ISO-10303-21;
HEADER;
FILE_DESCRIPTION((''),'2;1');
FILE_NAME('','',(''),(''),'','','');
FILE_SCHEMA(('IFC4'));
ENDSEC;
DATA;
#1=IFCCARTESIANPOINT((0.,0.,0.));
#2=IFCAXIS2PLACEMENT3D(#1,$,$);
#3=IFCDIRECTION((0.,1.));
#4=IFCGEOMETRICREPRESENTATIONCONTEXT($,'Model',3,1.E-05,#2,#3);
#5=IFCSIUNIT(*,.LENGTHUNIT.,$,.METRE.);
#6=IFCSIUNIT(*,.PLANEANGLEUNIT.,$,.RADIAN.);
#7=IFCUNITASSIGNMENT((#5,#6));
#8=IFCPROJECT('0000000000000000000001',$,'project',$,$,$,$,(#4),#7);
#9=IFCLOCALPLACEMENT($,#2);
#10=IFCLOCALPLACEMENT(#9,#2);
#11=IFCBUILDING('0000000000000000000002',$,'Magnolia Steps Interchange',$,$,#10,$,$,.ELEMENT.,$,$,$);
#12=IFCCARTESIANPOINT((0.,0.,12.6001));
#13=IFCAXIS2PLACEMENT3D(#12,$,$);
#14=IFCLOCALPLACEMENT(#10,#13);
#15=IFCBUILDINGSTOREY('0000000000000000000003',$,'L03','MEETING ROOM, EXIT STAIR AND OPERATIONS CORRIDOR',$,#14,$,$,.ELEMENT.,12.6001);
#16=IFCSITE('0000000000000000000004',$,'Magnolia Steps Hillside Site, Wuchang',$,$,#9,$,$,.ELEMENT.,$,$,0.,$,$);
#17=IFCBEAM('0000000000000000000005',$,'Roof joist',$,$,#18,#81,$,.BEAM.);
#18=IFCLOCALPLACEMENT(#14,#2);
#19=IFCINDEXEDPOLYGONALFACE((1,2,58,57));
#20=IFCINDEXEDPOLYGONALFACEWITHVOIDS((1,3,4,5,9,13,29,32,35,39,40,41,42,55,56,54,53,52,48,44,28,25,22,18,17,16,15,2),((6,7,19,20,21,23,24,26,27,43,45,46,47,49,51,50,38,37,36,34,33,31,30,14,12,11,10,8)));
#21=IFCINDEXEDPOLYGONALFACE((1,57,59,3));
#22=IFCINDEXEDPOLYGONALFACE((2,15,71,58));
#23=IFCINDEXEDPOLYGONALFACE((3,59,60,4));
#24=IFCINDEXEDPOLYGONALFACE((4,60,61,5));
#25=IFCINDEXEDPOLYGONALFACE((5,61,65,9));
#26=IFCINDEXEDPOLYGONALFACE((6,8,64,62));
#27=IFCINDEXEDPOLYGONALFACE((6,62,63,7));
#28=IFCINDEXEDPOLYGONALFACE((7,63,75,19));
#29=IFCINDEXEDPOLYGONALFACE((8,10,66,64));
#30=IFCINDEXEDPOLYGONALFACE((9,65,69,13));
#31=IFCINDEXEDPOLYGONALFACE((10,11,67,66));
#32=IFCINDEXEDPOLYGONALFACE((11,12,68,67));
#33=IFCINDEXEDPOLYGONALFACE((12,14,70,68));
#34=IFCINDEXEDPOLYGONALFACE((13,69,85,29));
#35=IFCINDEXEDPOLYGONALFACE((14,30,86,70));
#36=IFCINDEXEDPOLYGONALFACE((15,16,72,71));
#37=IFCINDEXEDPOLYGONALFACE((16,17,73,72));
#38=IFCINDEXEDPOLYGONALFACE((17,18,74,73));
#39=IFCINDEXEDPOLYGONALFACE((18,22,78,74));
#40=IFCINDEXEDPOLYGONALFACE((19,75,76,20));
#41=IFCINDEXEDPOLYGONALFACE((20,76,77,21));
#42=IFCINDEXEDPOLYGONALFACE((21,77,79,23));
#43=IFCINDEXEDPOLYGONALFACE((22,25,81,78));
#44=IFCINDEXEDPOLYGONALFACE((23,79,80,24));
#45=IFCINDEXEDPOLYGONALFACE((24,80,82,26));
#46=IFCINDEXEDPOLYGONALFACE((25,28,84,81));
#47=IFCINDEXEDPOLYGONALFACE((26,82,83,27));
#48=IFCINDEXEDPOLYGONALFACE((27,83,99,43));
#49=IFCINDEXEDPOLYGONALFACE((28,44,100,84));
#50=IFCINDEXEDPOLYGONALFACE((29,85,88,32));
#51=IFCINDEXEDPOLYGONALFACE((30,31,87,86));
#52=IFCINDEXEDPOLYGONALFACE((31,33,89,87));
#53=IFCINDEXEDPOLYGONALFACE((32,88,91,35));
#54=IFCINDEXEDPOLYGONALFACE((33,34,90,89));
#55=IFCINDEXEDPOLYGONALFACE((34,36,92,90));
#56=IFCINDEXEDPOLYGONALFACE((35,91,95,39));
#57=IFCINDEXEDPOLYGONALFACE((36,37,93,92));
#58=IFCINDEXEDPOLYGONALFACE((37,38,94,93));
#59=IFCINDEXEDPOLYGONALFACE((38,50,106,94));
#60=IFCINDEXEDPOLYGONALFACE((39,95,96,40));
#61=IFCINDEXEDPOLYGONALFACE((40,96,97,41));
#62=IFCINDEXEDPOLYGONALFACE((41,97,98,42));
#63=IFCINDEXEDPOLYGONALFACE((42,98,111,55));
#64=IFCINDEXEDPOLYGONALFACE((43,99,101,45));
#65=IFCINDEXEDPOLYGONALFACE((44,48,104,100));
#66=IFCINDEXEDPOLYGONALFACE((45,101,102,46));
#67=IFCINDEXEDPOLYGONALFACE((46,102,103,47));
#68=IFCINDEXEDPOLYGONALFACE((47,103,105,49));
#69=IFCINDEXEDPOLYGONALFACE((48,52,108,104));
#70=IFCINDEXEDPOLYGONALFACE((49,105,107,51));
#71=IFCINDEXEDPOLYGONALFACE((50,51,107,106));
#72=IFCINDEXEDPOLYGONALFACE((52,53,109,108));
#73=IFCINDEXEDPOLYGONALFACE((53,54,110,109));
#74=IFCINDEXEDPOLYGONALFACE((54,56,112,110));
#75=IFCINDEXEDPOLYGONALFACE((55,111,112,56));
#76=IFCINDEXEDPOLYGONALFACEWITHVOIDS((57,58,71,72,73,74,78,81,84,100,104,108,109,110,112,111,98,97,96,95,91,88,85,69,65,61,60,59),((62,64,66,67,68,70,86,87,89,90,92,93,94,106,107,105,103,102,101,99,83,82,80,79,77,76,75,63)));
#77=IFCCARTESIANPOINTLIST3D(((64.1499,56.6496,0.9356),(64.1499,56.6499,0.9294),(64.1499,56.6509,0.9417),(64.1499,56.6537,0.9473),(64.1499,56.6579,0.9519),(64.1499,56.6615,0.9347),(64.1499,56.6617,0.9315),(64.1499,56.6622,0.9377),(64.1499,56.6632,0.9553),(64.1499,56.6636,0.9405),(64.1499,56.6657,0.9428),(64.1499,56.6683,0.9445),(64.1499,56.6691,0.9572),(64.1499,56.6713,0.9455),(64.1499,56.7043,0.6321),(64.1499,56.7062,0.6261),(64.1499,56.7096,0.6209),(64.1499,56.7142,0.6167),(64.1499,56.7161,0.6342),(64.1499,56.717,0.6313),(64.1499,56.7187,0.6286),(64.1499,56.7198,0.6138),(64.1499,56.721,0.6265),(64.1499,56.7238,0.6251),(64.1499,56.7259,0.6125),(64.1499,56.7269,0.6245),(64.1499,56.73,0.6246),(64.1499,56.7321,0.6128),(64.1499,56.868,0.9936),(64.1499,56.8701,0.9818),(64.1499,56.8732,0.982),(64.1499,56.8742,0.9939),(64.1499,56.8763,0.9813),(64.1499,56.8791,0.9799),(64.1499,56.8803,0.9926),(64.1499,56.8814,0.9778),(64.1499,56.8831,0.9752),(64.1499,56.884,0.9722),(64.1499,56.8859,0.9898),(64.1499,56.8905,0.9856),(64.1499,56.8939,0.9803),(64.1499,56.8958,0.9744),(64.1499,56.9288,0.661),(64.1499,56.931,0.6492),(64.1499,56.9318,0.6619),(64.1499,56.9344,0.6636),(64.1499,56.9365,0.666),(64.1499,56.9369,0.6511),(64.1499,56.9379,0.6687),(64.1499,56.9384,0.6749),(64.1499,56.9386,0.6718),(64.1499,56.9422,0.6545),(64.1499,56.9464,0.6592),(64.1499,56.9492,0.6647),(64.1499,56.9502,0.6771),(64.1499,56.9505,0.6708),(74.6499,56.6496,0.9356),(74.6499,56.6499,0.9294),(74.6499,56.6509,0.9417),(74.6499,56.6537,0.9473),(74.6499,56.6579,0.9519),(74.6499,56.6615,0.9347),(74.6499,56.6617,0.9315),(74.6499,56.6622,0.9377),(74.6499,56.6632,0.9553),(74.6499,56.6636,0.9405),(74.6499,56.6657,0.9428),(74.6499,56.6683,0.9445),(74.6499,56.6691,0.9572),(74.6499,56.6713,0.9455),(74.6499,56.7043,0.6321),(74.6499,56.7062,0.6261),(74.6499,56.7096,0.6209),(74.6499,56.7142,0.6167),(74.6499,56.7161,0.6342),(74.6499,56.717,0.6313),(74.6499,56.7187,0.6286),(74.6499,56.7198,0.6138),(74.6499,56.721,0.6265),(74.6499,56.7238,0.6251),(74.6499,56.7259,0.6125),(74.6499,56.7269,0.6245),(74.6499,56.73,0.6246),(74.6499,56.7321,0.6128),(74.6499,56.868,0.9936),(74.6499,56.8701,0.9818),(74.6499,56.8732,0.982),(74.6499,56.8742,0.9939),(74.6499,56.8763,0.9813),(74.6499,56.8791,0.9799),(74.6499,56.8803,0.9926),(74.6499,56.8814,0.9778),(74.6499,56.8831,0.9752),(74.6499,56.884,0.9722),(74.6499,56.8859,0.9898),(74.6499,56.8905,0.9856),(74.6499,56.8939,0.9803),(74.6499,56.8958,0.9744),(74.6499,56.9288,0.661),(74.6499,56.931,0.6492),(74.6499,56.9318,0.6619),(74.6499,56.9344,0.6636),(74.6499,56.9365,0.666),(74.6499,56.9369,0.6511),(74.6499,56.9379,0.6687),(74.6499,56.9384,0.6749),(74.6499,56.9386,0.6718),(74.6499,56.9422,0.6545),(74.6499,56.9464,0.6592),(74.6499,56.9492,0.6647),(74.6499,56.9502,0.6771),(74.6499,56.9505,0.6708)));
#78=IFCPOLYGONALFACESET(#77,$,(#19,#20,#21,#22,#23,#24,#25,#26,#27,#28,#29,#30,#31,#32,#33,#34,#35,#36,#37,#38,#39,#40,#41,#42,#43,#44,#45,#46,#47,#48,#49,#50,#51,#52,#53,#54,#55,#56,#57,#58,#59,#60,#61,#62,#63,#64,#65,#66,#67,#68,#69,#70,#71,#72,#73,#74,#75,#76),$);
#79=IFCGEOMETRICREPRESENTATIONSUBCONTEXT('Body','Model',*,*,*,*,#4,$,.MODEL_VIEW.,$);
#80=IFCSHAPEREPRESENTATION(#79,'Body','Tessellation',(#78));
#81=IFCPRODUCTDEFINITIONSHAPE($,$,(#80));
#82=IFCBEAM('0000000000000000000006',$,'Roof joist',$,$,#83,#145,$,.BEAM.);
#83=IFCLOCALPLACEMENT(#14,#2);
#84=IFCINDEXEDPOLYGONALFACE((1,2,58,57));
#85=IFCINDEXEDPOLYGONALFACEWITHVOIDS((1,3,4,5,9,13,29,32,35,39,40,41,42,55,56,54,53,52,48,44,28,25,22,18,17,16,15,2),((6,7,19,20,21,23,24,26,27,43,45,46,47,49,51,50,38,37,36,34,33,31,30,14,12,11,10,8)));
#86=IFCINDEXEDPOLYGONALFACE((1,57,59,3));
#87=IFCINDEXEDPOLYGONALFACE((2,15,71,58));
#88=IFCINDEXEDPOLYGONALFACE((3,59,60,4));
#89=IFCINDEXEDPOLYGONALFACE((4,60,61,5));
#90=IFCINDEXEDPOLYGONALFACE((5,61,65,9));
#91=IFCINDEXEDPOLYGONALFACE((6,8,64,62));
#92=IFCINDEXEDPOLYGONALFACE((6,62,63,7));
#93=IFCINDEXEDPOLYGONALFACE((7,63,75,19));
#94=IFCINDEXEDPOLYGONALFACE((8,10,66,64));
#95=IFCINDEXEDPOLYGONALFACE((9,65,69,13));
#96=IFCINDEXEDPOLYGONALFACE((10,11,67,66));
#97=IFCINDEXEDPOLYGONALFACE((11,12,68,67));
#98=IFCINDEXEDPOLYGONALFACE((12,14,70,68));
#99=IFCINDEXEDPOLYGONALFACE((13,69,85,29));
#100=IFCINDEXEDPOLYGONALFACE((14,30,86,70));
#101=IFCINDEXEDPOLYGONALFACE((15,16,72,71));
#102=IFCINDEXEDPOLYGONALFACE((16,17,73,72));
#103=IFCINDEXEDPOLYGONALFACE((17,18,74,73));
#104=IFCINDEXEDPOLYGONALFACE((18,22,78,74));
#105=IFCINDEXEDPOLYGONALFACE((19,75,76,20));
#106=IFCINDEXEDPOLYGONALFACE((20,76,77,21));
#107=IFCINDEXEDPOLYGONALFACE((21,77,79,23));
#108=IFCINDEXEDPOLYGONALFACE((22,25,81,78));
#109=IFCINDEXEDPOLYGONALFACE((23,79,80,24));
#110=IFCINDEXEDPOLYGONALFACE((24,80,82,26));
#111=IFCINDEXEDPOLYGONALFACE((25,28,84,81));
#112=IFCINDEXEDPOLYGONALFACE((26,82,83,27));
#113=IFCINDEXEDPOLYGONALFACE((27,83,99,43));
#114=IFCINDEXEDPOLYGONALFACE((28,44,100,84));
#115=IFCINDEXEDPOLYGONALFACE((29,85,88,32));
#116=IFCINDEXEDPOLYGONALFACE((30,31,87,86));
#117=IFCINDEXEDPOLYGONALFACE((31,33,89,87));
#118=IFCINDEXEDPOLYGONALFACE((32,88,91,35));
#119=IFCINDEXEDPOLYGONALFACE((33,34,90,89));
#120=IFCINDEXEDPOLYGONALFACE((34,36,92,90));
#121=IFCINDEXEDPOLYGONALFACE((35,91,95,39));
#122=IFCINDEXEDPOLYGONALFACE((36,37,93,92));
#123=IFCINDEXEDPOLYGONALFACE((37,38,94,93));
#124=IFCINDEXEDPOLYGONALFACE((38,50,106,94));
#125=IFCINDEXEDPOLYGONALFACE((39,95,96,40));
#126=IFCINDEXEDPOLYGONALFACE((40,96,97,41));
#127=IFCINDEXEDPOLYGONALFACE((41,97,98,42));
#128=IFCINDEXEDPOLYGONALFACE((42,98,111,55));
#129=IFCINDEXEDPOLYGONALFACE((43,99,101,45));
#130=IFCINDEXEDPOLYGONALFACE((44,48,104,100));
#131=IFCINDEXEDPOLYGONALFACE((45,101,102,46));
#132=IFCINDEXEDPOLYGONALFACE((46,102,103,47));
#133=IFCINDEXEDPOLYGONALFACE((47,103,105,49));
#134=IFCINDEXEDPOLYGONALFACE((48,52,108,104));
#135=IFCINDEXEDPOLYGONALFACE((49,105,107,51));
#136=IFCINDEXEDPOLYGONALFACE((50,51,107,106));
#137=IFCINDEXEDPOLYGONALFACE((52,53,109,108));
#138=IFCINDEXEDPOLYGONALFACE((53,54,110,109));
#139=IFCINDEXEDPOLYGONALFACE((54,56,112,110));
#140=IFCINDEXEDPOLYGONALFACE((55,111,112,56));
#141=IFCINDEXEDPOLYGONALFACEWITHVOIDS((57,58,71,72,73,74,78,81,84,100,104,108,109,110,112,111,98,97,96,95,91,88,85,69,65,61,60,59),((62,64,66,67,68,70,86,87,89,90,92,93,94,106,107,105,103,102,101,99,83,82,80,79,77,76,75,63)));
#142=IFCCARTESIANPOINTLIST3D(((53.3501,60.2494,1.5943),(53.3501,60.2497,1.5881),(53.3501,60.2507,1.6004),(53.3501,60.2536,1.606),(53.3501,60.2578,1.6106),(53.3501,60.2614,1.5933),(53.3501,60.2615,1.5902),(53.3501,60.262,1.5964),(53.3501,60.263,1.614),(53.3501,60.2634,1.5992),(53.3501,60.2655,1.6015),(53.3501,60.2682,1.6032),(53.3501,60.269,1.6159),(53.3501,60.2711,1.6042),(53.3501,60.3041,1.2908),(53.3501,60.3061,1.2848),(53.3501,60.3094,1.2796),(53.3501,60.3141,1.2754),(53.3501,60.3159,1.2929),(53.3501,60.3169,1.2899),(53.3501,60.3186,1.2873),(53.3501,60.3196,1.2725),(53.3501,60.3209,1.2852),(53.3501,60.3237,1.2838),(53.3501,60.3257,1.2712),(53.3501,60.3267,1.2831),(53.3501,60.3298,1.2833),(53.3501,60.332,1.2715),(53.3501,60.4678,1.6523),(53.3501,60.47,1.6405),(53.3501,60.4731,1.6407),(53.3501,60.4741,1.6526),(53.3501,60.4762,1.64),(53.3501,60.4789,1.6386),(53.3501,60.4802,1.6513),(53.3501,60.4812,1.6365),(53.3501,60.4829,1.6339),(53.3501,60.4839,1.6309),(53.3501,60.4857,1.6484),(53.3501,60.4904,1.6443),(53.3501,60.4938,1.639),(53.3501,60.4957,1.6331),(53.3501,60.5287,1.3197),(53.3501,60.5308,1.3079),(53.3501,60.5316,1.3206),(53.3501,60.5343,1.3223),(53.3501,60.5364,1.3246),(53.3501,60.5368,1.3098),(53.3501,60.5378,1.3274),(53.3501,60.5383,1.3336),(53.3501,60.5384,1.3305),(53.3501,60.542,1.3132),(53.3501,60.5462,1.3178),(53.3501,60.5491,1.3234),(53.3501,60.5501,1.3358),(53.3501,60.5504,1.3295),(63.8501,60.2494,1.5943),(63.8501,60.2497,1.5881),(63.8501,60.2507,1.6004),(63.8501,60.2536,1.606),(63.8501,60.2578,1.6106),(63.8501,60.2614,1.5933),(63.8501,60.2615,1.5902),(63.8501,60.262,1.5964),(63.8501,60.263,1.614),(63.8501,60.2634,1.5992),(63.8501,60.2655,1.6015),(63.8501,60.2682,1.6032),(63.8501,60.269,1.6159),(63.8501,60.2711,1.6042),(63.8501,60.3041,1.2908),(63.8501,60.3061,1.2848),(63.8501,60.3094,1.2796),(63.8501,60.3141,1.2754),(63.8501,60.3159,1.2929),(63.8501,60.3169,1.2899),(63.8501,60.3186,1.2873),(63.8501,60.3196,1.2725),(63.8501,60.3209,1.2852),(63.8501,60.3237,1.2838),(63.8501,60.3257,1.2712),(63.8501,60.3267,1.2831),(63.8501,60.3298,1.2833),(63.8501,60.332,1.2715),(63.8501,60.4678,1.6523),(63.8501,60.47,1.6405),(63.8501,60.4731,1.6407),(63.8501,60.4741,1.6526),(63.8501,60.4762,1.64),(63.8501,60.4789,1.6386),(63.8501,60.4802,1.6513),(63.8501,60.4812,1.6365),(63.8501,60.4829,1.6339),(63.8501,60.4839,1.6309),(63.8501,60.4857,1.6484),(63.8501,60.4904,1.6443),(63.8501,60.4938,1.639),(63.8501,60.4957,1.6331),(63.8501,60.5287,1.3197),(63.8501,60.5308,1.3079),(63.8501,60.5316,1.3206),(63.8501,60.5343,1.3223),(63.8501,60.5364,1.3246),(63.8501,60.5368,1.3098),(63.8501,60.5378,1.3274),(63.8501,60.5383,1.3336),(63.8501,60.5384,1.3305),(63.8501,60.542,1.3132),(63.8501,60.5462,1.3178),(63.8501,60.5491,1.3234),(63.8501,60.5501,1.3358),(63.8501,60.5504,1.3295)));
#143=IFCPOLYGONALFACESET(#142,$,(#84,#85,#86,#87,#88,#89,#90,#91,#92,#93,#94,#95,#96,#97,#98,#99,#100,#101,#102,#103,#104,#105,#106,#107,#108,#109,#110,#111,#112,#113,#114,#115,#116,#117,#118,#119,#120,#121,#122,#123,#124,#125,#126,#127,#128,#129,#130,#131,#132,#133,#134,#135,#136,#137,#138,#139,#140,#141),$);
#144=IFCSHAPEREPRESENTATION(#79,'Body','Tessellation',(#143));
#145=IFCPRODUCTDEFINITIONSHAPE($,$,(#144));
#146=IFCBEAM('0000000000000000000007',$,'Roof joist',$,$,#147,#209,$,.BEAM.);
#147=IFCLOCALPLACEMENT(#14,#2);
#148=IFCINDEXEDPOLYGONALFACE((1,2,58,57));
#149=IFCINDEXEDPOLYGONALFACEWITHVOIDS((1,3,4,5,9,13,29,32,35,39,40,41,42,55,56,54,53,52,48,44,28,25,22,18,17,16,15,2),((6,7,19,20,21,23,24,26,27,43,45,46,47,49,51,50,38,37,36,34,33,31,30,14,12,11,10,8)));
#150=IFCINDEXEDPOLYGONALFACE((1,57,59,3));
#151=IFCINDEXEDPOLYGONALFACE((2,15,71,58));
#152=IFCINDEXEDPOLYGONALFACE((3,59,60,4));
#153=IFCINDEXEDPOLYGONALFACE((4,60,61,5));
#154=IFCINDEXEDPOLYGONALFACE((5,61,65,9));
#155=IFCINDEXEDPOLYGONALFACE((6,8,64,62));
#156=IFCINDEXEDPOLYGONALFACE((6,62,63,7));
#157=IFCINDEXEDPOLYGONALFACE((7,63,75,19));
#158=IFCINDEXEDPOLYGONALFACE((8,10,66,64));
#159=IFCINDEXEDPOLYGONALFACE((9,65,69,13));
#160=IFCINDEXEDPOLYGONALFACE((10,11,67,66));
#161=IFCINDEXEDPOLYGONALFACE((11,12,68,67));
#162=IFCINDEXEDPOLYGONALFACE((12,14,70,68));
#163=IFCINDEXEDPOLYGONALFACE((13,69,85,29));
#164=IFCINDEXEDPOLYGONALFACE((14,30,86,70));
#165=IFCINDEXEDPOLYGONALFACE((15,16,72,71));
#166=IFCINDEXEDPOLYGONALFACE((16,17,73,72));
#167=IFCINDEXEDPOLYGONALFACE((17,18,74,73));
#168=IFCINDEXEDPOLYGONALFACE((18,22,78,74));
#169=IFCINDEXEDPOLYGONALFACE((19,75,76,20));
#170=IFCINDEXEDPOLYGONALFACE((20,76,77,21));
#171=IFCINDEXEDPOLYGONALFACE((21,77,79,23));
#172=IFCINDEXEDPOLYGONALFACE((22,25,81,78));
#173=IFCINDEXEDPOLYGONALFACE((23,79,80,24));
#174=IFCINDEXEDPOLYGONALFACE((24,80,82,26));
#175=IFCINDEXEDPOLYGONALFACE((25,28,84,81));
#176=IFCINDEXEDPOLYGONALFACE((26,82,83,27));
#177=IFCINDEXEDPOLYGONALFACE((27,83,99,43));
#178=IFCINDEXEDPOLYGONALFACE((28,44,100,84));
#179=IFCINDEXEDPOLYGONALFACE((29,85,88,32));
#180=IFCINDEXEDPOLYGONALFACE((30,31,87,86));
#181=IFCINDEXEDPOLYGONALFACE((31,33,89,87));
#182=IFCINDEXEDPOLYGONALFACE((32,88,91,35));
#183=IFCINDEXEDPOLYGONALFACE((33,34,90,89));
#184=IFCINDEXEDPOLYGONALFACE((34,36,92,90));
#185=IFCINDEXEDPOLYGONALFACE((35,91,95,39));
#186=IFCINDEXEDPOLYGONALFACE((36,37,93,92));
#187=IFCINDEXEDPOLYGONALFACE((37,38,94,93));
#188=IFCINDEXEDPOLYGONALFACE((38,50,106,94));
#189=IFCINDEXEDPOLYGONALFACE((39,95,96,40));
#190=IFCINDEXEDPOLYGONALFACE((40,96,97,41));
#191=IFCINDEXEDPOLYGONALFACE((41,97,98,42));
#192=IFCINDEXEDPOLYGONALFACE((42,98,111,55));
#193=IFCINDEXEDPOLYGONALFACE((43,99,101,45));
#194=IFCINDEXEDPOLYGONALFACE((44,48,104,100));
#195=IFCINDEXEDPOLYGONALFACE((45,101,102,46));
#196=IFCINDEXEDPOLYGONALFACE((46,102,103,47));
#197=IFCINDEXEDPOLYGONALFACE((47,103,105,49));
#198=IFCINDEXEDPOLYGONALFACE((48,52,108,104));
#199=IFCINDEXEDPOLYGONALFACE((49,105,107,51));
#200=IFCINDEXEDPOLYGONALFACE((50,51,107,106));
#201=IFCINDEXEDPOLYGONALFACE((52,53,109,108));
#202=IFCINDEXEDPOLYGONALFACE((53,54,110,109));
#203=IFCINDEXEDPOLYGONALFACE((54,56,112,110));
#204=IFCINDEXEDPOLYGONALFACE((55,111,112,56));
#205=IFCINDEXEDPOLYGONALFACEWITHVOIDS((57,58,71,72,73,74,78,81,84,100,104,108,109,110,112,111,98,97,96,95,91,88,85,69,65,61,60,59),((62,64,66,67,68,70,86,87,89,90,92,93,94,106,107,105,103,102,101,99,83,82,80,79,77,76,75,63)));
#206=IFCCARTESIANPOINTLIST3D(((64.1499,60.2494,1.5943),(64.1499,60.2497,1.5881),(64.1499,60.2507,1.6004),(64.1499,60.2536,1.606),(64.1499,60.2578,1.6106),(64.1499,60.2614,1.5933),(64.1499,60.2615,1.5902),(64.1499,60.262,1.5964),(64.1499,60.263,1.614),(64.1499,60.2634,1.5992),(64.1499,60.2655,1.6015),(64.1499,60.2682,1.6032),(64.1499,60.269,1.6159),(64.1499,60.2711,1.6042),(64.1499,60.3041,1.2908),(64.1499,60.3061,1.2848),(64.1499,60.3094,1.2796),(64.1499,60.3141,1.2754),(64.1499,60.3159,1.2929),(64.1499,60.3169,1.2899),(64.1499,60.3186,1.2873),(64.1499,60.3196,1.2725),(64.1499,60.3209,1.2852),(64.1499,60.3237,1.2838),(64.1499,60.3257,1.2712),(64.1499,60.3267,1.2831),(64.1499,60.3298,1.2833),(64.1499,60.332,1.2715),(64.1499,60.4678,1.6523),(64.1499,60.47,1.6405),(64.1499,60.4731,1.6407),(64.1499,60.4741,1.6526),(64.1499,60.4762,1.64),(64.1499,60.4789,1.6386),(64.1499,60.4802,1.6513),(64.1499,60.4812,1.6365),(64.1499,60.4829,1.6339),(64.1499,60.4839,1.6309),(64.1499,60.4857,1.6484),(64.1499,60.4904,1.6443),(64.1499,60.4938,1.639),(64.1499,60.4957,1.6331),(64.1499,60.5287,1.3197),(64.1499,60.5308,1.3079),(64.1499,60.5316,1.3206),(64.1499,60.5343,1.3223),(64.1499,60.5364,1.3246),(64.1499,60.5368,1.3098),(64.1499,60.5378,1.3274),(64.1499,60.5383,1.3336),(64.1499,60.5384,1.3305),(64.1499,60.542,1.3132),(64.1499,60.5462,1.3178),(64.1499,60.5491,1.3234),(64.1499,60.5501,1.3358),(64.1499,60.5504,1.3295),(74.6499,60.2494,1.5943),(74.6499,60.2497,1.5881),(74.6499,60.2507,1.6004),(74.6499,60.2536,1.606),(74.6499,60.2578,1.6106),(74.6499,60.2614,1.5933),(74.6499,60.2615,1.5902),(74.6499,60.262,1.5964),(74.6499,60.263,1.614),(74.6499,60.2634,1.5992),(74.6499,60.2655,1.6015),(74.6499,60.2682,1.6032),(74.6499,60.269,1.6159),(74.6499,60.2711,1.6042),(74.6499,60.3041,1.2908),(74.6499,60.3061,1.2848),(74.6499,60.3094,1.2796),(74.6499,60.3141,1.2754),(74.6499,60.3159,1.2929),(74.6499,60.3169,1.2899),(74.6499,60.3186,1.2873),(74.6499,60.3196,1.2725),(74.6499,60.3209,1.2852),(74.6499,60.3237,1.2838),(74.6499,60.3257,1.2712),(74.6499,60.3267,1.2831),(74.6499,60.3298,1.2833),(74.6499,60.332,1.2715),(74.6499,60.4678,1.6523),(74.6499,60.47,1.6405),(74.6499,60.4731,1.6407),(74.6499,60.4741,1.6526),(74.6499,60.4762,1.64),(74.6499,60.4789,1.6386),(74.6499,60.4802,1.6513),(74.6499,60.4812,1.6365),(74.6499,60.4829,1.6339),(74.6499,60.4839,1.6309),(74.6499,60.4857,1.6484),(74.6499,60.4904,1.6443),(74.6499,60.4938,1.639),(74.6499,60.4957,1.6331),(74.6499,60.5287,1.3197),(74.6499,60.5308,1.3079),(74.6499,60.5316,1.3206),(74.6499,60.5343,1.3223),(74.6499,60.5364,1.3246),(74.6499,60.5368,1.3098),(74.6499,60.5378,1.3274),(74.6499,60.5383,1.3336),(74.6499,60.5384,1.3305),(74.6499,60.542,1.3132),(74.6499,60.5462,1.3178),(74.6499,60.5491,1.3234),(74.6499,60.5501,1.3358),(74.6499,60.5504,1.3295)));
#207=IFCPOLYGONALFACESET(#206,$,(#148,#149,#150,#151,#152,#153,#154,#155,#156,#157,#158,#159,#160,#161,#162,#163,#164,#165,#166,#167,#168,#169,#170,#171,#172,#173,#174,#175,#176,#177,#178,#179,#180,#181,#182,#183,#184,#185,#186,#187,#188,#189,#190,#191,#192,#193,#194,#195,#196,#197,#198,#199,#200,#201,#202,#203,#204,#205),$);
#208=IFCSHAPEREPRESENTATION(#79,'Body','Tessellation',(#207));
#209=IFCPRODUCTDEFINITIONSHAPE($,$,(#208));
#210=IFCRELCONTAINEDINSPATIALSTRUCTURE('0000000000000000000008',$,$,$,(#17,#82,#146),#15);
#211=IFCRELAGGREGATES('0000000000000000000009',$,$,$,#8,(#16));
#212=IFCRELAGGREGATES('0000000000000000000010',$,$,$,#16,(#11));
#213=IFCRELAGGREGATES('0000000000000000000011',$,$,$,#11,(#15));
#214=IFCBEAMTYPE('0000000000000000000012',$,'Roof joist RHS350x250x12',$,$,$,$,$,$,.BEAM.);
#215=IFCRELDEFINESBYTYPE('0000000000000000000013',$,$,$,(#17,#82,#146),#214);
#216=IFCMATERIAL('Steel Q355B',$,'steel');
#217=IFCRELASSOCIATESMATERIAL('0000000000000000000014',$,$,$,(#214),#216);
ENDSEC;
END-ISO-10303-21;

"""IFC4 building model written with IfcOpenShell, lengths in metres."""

from ifc_helpers import new_model, si_unit, direction, frame, origin, origin_2d, place, context, subcontext, project, spatial, hollow_rectangle, extrude, material, material_profile, profile_set, type_object, element, save


model = new_model("IFC4")

# Units and contexts
model_context = context("Model", 3, precision=1e-05, world=origin(), true_north=direction((0.0, 1.0)))
body_context = subcontext(model_context, "Body", "Model", "MODEL_VIEW")
ifc_project = project(units=[si_unit("LENGTHUNIT", "METRE"), si_unit("PLANEANGLEUNIT", "RADIAN")], contexts=[model_context])

# Site, building, storey
site_placement = place(None, origin())
site = spatial("IfcSite", under=ifc_project, at=site_placement, Name="Magnolia Steps Hillside Site, Wuchang", CompositionType="ELEMENT", RefElevation=0.0)
building_placement = place(site_placement, origin())
building = spatial("IfcBuilding", under=site, at=building_placement, Name="Magnolia Steps Interchange", CompositionType="ELEMENT")
storey_placement = place(building_placement, frame((0.0, 0.0, 12.6001)))
storey = spatial("IfcBuildingStorey", under=building, at=storey_placement, Name="L03", Description="MEETING ROOM, EXIT STAIR AND OPERATIONS CORRIDOR", CompositionType="ELEMENT", Elevation=12.6001)

# Beams
ifc_material_1 = material(Name="Steel Q355B", Category="steel")
ifc_material_profile_1 = material_profile(ifc_material_1, hollow_rectangle(XDim=0.25, YDim=0.3501, WallThickness=0.012, InnerFilletRadius=0.012, OuterFilletRadius=0.0239, at=origin_2d()), Name="RHS350x250x12")
ifc_profile_set_1 = profile_set([ifc_material_profile_1], Name="Steel Q355B")
beam_type_1 = type_object("IfcBeamType", Name="Roof joist RHS350x250x12", PredefinedType="BEAM", material=ifc_profile_set_1)
for number, where, z_axis, x_axis, name in (
    (1, (64.1499, 56.8, 0.8032), (1.0, 0.0, 0.0), (0.0, 0.983677, 0.179941), "Roof joist"),
    (2, (53.3501, 60.3999, 1.4619), (1.0, 0.0, 0.0), (0.0, 0.983677, 0.179941), "Roof joist"),
    (3, (64.1499, 60.3999, 1.4619), (1.0, 0.0, 0.0), (0.0, 0.983677, 0.179941), "Roof joist"),
):
    element("IfcBeam", number, at=place(storey_placement, frame(where, z_axis=z_axis, x_axis=x_axis)), inside=storey, type_object=beam_type_1, Name=name, PredefinedType="BEAM", context=body_context, shape_type="SweptSolid", body=[
        extrude(hollow_rectangle(XDim=0.25, YDim=0.3501, WallThickness=0.012, InnerFilletRadius=0.012, OuterFilletRadius=0.0239, at=origin_2d()), origin(), (0.0, 0.0, 1.0), 10.5),
    ])

save(model, "model.ifc")
